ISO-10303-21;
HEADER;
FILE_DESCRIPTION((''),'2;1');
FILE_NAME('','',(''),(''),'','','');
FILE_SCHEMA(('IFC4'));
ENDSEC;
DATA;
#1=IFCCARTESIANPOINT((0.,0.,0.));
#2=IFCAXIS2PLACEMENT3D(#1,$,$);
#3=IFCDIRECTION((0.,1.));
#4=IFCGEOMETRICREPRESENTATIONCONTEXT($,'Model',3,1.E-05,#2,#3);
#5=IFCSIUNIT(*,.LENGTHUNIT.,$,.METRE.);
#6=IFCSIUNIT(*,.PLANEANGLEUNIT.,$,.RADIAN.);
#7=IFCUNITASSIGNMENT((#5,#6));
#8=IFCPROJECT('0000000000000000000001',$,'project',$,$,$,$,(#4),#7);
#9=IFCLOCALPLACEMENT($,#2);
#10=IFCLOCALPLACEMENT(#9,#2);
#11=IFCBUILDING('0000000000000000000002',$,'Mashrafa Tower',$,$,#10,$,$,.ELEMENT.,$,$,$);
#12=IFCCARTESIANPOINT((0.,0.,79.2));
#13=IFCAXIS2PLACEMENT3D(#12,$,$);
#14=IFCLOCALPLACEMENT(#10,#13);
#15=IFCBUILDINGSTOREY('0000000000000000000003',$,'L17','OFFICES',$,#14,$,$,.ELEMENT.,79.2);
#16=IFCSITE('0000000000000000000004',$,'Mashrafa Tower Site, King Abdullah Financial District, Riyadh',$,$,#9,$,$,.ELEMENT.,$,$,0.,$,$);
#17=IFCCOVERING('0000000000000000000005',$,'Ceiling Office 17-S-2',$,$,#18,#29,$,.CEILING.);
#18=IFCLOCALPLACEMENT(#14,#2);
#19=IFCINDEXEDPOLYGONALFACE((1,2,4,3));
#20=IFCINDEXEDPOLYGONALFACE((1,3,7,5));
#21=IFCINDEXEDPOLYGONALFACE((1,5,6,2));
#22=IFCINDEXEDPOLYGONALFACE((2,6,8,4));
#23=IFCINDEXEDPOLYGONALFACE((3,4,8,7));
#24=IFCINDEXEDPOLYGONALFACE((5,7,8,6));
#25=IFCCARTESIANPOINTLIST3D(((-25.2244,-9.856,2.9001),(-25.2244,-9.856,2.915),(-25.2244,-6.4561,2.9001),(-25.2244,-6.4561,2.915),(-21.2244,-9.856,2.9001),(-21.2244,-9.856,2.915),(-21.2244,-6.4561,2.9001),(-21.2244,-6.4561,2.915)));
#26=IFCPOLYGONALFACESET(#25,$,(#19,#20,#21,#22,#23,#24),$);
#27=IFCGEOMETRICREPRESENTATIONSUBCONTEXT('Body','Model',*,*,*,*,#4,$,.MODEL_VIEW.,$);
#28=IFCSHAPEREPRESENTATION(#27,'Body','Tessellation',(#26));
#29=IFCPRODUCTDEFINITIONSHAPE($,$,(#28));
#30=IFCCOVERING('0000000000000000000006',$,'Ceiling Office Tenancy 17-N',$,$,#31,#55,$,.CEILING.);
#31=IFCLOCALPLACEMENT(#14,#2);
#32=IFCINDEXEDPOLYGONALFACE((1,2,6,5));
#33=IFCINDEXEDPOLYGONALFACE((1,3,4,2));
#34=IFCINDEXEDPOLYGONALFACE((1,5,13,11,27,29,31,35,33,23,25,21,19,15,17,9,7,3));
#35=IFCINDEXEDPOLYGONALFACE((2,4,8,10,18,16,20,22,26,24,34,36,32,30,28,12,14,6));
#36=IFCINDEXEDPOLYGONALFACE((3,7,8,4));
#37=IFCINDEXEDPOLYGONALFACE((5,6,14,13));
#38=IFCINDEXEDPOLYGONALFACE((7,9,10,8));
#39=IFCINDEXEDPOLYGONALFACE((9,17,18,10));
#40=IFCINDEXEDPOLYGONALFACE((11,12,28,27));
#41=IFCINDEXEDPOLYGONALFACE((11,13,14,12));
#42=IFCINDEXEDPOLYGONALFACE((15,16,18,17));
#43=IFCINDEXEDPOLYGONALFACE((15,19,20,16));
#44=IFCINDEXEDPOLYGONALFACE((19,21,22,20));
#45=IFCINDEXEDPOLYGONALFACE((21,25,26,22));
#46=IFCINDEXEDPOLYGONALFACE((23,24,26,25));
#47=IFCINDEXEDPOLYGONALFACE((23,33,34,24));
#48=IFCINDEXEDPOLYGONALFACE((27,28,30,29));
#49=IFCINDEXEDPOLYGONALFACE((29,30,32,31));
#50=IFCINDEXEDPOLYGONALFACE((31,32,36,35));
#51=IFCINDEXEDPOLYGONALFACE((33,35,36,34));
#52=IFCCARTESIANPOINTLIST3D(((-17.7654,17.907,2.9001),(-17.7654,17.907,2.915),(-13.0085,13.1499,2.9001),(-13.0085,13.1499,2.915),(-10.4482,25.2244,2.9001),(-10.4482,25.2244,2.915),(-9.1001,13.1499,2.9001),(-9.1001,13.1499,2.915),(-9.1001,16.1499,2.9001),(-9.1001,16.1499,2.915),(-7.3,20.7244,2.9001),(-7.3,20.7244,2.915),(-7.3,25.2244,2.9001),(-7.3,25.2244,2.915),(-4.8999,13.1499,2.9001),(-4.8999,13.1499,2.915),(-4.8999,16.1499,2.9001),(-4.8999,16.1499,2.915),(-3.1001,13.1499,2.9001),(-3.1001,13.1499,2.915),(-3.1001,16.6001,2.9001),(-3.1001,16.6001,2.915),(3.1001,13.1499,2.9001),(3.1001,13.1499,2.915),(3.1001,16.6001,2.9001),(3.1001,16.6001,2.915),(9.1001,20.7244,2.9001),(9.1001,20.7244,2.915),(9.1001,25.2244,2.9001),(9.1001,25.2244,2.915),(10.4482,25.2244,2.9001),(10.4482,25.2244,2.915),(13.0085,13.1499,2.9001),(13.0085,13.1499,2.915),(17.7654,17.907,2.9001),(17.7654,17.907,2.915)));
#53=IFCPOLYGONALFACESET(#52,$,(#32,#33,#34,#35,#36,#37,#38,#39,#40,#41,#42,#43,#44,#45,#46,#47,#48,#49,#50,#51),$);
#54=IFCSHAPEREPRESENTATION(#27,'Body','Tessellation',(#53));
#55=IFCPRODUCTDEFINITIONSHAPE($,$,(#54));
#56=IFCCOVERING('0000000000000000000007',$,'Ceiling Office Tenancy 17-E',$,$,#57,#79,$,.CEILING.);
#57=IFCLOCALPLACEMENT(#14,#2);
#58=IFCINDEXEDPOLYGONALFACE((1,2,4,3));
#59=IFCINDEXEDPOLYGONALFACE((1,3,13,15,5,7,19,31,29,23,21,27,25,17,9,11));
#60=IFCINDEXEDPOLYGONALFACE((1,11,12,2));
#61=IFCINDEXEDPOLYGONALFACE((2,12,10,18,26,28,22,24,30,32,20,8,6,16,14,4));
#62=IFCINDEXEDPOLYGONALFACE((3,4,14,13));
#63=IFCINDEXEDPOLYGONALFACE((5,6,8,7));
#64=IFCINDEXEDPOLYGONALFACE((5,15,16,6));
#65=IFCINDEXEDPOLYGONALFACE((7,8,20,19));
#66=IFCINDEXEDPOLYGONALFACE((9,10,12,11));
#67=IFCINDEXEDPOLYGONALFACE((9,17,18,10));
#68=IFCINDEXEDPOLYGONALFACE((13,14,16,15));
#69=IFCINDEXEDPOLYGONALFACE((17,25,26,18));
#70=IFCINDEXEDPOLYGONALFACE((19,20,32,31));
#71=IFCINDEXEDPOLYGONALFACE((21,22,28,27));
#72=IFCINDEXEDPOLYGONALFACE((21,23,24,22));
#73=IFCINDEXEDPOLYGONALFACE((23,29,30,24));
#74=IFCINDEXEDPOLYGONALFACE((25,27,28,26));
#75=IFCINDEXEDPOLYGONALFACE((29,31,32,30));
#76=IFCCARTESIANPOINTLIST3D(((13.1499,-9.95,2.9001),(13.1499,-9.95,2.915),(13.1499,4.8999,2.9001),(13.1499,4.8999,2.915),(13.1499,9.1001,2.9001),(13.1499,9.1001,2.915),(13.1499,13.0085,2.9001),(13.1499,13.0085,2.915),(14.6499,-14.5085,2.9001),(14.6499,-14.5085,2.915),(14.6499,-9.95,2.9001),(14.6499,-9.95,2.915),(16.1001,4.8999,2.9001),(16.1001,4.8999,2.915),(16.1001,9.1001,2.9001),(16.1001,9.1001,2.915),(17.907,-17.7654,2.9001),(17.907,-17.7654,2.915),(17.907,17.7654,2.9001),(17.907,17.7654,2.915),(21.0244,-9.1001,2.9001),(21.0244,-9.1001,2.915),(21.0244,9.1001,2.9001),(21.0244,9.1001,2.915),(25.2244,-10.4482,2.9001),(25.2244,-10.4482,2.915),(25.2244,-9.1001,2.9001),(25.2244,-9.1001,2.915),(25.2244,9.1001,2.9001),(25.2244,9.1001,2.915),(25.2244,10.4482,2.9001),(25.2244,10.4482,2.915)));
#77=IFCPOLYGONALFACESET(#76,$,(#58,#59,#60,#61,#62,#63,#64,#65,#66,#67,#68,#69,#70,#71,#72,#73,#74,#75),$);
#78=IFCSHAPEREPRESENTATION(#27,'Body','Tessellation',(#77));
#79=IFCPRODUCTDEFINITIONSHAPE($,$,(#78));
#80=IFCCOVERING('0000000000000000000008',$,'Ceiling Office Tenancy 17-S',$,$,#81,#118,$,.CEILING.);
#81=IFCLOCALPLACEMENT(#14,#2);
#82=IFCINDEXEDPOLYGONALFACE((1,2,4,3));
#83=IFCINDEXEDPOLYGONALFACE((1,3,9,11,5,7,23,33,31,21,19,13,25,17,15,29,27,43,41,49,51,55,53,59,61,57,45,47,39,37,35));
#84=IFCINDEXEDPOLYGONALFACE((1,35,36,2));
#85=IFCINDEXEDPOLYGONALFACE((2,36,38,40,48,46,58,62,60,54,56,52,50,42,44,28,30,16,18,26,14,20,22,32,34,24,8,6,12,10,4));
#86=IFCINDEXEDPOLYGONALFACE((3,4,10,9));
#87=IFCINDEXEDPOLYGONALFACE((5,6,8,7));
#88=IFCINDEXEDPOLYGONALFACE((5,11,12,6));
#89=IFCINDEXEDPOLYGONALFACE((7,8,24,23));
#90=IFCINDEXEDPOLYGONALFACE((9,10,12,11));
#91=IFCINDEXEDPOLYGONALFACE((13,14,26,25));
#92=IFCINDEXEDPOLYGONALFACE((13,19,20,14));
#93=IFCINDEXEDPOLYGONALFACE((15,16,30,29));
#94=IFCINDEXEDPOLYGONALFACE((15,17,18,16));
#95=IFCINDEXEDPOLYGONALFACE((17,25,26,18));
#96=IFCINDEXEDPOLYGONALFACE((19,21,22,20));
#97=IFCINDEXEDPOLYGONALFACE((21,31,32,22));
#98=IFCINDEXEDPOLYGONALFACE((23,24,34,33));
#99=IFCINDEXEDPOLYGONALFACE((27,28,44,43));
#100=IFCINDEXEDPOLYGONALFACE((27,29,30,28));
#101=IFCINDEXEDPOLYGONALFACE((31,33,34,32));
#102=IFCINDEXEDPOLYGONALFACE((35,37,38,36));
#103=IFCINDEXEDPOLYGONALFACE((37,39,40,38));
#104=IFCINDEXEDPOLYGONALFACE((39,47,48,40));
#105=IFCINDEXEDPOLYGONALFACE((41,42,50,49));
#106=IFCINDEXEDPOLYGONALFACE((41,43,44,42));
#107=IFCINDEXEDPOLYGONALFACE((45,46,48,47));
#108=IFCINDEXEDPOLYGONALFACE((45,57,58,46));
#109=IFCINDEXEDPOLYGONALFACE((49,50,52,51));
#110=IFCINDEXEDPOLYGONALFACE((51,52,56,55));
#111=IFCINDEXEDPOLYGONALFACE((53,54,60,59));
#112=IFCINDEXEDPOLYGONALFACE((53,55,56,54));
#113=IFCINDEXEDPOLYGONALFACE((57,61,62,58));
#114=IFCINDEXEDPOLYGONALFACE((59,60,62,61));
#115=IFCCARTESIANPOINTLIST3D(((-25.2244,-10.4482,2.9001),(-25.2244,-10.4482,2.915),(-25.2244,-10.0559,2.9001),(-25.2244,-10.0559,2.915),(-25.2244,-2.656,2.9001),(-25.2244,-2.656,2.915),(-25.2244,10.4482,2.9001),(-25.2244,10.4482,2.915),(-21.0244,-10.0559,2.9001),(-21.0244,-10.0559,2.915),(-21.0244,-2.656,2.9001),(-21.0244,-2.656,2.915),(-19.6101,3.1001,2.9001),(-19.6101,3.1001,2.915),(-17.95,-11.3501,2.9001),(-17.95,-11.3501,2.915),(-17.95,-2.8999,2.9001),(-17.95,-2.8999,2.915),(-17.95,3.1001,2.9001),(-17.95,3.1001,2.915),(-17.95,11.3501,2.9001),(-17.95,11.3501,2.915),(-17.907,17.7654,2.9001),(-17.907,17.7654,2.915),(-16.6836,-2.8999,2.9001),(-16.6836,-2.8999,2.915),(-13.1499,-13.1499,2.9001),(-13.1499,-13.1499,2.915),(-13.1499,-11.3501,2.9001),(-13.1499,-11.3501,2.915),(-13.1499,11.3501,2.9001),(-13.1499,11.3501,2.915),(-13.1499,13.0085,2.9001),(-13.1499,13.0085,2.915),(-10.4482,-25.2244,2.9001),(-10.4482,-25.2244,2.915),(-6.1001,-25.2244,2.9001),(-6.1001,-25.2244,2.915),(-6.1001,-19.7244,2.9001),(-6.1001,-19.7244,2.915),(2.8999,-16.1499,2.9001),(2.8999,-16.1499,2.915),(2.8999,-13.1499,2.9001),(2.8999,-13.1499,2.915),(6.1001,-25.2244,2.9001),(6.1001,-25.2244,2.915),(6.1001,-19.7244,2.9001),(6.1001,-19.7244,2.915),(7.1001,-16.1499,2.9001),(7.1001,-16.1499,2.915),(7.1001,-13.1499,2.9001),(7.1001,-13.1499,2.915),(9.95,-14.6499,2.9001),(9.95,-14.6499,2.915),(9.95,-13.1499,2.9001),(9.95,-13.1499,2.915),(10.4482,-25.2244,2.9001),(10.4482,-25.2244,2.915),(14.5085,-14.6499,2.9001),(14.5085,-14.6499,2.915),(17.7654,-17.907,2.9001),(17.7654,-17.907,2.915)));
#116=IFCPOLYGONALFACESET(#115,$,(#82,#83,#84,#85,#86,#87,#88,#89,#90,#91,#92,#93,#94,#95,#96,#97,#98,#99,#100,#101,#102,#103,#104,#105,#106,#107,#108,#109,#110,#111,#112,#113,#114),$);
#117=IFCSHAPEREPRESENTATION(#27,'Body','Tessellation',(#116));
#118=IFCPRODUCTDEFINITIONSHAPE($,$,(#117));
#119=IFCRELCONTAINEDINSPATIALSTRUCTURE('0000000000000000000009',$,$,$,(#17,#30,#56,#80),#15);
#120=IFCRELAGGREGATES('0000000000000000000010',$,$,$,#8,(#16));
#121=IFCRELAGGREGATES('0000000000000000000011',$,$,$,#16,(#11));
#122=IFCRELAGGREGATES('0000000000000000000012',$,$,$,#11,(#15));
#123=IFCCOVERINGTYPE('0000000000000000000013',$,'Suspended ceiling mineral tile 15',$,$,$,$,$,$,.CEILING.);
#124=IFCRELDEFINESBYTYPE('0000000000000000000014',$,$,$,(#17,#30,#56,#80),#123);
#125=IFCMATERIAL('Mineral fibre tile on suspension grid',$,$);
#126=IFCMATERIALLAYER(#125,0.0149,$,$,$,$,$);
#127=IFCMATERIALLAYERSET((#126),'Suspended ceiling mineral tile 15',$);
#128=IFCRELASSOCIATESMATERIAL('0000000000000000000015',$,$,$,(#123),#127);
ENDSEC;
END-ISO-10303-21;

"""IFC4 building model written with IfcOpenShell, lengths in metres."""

from ifc_helpers import new_model, si_unit, direction, frame, origin, place, context, subcontext, project, spatial, polyline, outline, extrude, material, layer, layer_set, type_object, element, save


model = new_model("IFC4")

# Units and contexts
model_context = context("Model", 3, precision=1e-05, world=origin(), true_north=direction((0.0, 1.0)))
body_context = subcontext(model_context, "Body", "Model", "MODEL_VIEW")
ifc_project = project(units=[si_unit("LENGTHUNIT", "METRE"), si_unit("PLANEANGLEUNIT", "RADIAN")], contexts=[model_context])

# Site, building, storey
site_placement = place(None, origin())
site = spatial("IfcSite", under=ifc_project, at=site_placement, Name="Mashrafa Tower Site, King Abdullah Financial District, Riyadh", CompositionType="ELEMENT", RefElevation=0.0)
building_placement = place(site_placement, origin())
building = spatial("IfcBuilding", under=site, at=building_placement, Name="Mashrafa Tower", CompositionType="ELEMENT")
storey_placement = place(building_placement, frame((0.0, 0.0, 79.2)))
storey = spatial("IfcBuildingStorey", under=building, at=storey_placement, Name="L17", Description="OFFICES", CompositionType="ELEMENT", Elevation=79.2)

# Coverings
ifc_material_1 = material(Name="Mineral fibre tile on suspension grid")
ifc_layer_1 = layer(ifc_material_1, 0.0149)
ifc_layer_set_1 = layer_set([ifc_layer_1], Name="Suspended ceiling mineral tile 15")
covering_type = type_object("IfcCoveringType", Name="Suspended ceiling mineral tile 15", PredefinedType="CEILING", material=ifc_layer_set_1)
covering_1_placement = place(storey_placement, frame((0.0, 0.0, 2.9001)))
element("IfcCovering", 1, at=covering_1_placement, inside=storey, type_object=covering_type, Name="Ceiling Office 17-S-2", PredefinedType="CEILING", context=body_context, shape_type="SweptSolid", body=[
    extrude(outline(polyline([(-21.2244, -6.4561), (-21.2244, -9.856), (-25.2244, -9.856), (-25.2244, -6.4561), (-21.2244, -6.4561)])), origin(), (0.0, 0.0, 1.0), 0.0149),
])
covering_2_placement = place(storey_placement, frame((0.0, 0.0, 2.9001)))
element("IfcCovering", 2, at=covering_2_placement, inside=storey, type_object=covering_type, Name="Ceiling Office Tenancy 17-N", PredefinedType="CEILING", context=body_context, shape_type="SweptSolid", body=[
    extrude(outline(polyline([(-13.0085, 13.1499), (-17.7654, 17.907), (-10.4482, 25.2244), (-7.3, 25.2244), (-7.3, 20.7244), (9.1001, 20.7244), (9.1001, 25.2244), (10.4482, 25.2244), (17.7654, 17.907), (13.0085, 13.1499), (3.1001, 13.1499), (3.1001, 16.6001), (-3.1001, 16.6001), (-3.1001, 13.1499), (-4.8999, 13.1499), (-4.8999, 16.1499), (-9.1001, 16.1499), (-9.1001, 13.1499), (-13.0085, 13.1499)])), origin(), (0.0, 0.0, 1.0), 0.0149),
])
covering_3_placement = place(storey_placement, frame((0.0, 0.0, 2.9001)))
element("IfcCovering", 3, at=covering_3_placement, inside=storey, type_object=covering_type, Name="Ceiling Office Tenancy 17-E", PredefinedType="CEILING", context=body_context, shape_type="SweptSolid", body=[
    extrude(outline(polyline([(13.1499, 13.0085), (17.907, 17.7654), (25.2244, 10.4482), (25.2244, 9.1001), (21.0244, 9.1001), (21.0244, -9.1001), (25.2244, -9.1001), (25.2244, -10.4482), (17.907, -17.7654), (14.6499, -14.5085), (14.6499, -9.95), (13.1499, -9.95), (13.1499, 4.8999), (16.1001, 4.8999), (16.1001, 9.1001), (13.1499, 9.1001), (13.1499, 13.0085)])), origin(), (0.0, 0.0, 1.0), 0.0149),
])
covering_4_placement = place(storey_placement, frame((0.0, 0.0, 2.9001)))
element("IfcCovering", 4, at=covering_4_placement, inside=storey, type_object=covering_type, Name="Ceiling Office Tenancy 17-S", PredefinedType="CEILING", context=body_context, shape_type="SweptSolid", body=[
    extrude(outline(polyline([(14.5085, -14.6499), (17.7654, -17.907), (10.4482, -25.2244), (6.1001, -25.2244), (6.1001, -19.7244), (-6.1001, -19.7244), (-6.1001, -25.2244), (-10.4482, -25.2244), (-25.2244, -10.4482), (-25.2244, -10.0559), (-21.0244, -10.0559), (-21.0244, -2.656), (-25.2244, -2.656), (-25.2244, 10.4482), (-17.907, 17.7654), (-13.1499, 13.0085), (-13.1499, 11.3501), (-17.95, 11.3501), (-17.95, 3.1001), (-19.6101, 3.1001), (-16.6836, -2.8999), (-17.95, -2.8999), (-17.95, -11.3501), (-13.1499, -11.3501), (-13.1499, -13.1499), (2.8999, -13.1499), (2.8999, -16.1499), (7.1001, -16.1499), (7.1001, -13.1499), (9.95, -13.1499), (9.95, -14.6499), (14.5085, -14.6499)])), origin(), (0.0, 0.0, 1.0), 0.0149),
])

save(model, "model.ifc")
